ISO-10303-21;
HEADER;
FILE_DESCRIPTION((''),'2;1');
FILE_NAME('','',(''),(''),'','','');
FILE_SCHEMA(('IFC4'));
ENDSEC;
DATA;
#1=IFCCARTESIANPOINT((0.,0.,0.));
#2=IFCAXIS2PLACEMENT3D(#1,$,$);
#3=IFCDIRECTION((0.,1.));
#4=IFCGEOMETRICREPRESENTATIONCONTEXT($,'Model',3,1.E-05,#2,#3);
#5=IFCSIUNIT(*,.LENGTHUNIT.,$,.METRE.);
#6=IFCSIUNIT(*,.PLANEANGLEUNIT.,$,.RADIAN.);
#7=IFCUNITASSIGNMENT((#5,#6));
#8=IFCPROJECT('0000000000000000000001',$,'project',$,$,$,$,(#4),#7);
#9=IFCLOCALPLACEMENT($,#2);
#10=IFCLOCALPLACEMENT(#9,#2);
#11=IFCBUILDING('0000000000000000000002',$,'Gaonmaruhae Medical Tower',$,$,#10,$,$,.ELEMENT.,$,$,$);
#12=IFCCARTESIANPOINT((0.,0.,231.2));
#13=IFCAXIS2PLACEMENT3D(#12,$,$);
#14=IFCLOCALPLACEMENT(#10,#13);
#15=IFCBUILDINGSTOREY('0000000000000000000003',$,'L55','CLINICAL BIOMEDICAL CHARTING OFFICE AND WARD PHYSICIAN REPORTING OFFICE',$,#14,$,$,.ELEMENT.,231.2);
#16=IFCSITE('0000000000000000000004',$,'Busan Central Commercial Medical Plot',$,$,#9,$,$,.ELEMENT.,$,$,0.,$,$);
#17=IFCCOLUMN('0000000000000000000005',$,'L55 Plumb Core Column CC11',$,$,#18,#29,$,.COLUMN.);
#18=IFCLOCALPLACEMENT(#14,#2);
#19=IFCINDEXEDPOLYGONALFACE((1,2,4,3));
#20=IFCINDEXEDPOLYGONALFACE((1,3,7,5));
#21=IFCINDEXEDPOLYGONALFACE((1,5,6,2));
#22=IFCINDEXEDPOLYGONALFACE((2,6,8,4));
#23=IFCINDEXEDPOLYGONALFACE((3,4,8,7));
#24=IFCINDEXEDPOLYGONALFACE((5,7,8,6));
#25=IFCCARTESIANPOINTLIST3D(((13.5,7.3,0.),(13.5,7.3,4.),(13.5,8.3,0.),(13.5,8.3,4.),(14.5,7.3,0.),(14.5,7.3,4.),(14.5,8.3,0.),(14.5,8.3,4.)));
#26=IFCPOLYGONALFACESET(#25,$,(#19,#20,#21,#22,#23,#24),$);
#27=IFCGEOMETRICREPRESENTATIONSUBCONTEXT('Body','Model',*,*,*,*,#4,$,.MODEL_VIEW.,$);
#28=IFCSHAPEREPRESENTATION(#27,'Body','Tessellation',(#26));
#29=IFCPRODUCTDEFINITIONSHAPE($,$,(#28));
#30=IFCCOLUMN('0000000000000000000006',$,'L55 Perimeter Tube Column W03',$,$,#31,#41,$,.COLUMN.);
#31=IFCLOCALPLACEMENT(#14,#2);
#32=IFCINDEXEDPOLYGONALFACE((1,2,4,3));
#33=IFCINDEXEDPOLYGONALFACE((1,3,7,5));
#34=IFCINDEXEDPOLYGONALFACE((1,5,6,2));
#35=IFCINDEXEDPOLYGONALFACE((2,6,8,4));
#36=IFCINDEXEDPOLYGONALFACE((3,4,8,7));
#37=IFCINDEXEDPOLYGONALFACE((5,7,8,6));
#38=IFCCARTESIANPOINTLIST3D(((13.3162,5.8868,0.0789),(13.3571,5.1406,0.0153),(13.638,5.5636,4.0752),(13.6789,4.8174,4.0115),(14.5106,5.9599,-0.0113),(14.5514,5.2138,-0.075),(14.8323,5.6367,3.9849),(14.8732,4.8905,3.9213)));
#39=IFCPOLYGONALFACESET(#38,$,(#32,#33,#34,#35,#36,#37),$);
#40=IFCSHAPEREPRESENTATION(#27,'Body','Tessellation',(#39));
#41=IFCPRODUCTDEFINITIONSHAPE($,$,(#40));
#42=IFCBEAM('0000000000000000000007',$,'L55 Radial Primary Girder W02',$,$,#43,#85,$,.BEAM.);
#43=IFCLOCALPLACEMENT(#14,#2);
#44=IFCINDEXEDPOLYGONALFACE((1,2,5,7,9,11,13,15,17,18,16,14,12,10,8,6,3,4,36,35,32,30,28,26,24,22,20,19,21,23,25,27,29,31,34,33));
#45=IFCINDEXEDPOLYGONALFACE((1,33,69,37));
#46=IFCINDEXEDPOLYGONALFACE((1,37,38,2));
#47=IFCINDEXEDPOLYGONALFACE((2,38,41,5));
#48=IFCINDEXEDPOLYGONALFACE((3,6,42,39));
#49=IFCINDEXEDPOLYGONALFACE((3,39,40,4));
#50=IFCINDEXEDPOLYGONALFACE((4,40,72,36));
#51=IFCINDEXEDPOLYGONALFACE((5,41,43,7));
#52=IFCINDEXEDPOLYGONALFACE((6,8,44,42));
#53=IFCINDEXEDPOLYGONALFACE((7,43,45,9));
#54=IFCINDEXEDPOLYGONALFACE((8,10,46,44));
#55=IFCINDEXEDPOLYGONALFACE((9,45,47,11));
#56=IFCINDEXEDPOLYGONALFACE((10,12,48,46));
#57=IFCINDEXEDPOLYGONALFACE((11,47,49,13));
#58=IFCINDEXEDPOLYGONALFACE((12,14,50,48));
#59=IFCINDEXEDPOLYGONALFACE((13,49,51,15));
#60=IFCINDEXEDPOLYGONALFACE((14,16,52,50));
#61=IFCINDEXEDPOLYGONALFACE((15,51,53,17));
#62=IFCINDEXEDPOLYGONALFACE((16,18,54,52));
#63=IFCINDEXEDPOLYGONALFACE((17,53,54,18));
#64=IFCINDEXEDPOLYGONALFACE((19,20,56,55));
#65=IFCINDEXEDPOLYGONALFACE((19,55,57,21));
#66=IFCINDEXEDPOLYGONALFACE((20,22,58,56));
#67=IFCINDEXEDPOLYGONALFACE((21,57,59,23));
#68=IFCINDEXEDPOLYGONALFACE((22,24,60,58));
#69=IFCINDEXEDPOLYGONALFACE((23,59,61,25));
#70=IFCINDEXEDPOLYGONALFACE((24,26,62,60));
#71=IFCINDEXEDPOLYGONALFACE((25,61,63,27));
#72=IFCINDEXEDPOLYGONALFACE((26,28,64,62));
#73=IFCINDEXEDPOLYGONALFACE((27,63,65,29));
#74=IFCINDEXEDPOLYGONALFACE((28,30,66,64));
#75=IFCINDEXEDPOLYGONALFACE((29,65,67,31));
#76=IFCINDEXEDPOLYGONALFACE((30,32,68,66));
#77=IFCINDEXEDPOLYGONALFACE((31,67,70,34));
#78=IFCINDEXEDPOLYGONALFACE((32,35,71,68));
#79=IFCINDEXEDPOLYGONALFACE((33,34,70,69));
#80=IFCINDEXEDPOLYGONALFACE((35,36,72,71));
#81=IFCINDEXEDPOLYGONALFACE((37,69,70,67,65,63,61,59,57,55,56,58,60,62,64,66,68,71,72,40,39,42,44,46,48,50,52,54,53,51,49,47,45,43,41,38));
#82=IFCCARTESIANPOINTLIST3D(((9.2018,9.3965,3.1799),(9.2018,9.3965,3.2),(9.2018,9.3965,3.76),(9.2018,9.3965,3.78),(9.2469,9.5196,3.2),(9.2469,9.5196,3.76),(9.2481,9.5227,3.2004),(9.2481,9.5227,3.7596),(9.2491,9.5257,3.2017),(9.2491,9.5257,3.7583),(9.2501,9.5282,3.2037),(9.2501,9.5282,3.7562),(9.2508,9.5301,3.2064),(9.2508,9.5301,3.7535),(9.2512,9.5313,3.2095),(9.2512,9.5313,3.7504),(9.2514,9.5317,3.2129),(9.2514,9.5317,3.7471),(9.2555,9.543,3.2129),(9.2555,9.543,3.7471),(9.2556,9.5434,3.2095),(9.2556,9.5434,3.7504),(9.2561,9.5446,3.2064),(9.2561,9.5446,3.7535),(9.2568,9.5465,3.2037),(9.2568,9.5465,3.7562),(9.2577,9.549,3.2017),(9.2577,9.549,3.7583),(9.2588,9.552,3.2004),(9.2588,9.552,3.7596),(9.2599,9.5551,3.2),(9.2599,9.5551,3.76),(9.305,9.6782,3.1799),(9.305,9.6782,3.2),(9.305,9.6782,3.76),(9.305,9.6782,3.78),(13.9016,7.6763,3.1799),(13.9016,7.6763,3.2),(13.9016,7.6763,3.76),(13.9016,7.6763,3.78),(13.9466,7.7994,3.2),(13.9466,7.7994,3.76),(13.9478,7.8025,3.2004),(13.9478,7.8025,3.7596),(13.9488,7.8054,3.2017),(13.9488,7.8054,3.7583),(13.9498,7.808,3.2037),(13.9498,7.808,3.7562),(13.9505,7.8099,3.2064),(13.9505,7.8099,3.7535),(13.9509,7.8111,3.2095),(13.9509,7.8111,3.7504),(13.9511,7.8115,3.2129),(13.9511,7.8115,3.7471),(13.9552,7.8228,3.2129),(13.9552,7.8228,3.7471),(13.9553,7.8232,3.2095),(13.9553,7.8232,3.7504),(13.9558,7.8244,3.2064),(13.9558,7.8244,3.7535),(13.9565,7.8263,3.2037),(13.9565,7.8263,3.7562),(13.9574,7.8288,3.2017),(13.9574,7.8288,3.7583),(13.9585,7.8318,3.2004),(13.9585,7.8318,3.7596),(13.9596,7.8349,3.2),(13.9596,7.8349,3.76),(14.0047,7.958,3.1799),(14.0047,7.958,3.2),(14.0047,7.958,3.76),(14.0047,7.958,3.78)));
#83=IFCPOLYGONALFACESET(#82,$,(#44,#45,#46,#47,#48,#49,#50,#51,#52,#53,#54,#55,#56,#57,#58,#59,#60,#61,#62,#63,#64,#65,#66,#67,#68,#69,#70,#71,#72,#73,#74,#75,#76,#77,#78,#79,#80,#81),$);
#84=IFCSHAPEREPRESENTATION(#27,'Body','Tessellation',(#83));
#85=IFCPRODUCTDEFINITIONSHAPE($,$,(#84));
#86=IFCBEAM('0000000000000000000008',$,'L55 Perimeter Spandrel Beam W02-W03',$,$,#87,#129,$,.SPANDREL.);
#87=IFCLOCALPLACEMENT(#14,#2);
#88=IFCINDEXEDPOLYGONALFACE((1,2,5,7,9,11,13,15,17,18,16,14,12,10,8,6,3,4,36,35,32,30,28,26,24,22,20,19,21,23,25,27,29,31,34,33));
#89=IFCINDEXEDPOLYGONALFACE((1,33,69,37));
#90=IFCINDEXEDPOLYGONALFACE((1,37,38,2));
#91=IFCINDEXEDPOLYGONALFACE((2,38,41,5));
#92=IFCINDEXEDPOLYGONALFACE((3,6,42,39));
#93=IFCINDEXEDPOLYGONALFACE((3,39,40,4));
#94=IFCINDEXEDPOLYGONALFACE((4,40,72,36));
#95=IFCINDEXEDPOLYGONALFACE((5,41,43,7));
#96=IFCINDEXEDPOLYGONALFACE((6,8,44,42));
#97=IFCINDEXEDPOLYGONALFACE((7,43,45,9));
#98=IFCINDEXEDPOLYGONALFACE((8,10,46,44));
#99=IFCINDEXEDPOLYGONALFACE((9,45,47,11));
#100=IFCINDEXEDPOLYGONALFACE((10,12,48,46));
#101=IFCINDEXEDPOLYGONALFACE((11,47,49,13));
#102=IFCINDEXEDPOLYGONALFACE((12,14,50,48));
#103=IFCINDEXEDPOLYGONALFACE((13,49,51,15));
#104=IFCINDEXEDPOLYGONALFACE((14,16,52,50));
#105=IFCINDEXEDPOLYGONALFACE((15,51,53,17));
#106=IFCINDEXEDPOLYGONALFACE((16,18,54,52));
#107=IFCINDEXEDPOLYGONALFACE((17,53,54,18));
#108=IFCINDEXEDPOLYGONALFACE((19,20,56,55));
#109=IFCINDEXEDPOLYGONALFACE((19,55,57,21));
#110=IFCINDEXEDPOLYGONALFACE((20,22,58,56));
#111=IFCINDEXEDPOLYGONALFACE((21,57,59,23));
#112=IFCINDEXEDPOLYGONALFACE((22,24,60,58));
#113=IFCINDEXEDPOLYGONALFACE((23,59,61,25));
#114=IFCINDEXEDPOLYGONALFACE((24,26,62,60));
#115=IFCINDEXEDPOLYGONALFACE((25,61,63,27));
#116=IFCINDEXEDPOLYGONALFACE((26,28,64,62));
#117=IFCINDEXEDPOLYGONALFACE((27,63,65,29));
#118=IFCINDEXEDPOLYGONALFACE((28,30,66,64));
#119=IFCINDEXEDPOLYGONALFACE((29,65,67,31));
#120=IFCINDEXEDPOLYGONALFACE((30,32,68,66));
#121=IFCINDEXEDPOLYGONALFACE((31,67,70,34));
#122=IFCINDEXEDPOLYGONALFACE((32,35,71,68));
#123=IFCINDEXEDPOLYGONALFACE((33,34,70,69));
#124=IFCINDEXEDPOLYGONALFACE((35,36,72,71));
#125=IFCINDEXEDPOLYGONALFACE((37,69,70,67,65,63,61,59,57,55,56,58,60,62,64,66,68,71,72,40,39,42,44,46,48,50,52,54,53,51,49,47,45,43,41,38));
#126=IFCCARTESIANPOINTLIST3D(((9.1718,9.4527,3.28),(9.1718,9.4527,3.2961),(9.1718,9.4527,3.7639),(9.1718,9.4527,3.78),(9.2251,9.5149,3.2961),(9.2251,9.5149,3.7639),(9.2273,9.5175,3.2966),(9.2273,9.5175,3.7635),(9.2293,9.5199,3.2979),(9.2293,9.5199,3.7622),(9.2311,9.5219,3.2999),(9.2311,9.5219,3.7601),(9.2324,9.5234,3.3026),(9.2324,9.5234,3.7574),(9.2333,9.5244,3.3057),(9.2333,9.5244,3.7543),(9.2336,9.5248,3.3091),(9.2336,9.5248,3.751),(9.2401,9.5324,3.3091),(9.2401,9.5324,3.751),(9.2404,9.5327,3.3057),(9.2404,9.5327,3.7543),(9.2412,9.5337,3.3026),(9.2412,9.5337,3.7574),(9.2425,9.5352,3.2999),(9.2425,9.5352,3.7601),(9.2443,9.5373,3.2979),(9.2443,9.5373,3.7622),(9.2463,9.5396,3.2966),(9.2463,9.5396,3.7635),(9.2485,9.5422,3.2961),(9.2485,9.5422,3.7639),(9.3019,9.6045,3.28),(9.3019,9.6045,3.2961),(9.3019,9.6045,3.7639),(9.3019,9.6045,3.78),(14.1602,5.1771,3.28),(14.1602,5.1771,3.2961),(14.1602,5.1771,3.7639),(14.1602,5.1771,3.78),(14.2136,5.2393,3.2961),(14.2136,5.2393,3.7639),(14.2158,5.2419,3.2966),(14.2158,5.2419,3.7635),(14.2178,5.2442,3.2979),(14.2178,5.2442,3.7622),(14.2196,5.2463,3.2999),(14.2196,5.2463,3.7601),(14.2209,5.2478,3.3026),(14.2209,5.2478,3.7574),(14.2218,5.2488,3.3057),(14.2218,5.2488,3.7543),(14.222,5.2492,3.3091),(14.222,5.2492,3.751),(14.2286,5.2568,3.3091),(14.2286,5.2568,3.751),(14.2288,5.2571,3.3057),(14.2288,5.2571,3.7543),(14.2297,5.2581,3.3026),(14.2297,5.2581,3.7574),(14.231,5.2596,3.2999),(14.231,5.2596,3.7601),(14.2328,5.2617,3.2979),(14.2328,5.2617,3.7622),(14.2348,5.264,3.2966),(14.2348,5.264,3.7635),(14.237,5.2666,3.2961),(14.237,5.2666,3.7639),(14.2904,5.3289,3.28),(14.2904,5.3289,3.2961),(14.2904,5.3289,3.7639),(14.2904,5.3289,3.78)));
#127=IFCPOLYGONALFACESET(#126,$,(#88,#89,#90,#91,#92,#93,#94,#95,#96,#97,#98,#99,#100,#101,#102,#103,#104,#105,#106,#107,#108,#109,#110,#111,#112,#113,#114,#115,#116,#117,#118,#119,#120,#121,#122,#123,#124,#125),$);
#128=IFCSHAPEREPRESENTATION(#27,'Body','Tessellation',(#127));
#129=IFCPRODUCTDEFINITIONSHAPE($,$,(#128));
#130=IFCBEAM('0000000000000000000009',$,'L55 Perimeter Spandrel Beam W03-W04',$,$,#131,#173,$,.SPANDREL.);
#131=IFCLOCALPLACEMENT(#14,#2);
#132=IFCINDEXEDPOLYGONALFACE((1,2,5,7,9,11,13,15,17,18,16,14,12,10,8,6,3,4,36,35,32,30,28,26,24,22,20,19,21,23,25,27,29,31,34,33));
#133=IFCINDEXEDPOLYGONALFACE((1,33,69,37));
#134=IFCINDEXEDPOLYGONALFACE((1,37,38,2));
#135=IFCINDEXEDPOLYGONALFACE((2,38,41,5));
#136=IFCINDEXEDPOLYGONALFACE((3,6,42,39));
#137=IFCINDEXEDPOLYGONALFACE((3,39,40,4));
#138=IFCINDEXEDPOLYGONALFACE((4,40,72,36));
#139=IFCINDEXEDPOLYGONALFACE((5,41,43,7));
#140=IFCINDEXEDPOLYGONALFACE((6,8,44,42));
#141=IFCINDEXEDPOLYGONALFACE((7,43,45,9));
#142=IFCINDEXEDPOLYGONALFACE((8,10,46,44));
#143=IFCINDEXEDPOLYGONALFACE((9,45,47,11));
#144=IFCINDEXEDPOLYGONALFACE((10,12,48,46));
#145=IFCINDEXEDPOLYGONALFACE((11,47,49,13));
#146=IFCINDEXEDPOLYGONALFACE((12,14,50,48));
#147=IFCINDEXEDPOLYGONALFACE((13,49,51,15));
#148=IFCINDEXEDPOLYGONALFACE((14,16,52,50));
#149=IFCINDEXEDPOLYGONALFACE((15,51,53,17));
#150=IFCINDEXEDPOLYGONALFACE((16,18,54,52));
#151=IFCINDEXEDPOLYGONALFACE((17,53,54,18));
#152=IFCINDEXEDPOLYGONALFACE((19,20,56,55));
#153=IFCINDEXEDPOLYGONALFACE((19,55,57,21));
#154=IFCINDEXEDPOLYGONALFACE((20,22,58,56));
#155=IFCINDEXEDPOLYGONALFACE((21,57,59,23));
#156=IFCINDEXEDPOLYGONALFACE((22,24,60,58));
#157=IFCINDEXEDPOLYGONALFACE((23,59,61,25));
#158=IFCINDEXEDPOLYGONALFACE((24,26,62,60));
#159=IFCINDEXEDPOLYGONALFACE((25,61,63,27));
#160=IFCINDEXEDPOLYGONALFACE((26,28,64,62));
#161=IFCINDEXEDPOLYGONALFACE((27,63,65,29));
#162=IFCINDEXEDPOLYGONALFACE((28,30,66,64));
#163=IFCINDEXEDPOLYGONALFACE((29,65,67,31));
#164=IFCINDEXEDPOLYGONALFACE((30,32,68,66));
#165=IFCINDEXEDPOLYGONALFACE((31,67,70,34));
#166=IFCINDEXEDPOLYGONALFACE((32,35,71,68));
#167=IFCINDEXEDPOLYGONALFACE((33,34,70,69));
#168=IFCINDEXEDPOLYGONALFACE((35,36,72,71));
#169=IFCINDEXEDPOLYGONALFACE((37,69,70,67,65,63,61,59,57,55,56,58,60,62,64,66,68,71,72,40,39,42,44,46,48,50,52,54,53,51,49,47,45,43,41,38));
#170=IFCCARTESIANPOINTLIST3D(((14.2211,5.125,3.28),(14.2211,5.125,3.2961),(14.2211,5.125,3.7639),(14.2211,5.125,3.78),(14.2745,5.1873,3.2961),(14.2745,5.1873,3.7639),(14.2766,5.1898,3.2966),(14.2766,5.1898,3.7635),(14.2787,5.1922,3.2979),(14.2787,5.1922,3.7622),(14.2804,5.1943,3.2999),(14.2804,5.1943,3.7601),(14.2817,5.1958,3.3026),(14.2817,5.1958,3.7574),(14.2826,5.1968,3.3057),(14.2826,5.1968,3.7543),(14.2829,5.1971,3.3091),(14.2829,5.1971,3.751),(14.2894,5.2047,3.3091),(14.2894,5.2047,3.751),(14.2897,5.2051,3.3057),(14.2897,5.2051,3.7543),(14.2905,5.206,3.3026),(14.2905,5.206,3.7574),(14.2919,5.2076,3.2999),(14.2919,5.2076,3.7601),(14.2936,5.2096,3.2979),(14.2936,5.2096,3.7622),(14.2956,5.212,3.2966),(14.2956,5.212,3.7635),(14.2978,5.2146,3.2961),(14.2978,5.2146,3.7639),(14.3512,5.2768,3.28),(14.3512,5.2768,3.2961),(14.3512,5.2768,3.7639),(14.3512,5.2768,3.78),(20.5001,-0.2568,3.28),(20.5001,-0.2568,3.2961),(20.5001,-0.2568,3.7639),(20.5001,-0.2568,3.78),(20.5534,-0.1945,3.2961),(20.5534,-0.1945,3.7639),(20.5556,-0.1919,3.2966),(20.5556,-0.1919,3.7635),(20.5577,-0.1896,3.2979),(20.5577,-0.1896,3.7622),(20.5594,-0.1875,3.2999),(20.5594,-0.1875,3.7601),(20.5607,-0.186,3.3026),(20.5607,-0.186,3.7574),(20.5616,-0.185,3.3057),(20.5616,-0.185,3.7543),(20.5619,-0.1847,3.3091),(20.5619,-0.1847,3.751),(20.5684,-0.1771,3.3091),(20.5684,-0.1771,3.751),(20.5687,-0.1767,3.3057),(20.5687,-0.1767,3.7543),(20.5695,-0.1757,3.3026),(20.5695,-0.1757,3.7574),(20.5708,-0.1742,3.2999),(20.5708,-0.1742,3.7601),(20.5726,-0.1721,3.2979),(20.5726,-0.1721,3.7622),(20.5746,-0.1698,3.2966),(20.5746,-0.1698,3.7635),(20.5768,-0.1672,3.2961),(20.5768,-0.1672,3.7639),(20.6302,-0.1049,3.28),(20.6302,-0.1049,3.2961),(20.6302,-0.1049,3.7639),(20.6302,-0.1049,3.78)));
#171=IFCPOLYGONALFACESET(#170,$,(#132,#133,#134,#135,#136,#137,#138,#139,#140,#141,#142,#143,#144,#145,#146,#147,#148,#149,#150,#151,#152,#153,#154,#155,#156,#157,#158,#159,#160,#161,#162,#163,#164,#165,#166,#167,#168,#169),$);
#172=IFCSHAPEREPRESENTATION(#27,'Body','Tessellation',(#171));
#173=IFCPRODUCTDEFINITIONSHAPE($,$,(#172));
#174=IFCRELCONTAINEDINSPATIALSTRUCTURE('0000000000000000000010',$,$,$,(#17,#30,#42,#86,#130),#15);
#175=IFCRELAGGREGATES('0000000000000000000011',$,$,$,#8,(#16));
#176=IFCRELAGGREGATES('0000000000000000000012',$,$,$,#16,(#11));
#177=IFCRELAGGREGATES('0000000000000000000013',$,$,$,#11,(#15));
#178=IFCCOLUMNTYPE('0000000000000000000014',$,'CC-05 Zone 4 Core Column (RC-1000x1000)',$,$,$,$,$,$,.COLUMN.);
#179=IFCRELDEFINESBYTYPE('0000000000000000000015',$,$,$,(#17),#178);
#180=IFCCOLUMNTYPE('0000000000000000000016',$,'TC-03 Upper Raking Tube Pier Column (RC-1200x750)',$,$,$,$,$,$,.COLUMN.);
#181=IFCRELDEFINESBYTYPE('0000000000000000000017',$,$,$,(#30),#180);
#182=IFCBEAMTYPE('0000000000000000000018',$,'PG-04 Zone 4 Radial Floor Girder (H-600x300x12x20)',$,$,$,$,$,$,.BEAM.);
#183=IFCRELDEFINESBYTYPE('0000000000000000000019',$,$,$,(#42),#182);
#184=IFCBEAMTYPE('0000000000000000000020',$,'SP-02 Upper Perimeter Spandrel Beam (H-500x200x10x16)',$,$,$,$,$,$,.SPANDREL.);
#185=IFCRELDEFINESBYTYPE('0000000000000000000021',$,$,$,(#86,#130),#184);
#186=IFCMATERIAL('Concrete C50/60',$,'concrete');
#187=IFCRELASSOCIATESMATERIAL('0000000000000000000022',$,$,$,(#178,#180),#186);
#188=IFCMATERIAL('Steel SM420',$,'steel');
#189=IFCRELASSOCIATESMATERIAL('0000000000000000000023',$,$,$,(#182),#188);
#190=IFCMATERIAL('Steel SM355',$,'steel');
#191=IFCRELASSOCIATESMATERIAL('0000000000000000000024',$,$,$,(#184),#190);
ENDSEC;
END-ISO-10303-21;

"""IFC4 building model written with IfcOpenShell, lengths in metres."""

from ifc_helpers import new_model, si_unit, direction, frame, origin, origin_2d, place, context, subcontext, project, spatial, rectangle, i_section, extrude, material, material_profile, profile_set, type_object, element, save


model = new_model("IFC4")

# Units and contexts
model_context = context("Model", 3, precision=1e-05, world=origin(), true_north=direction((0.0, 1.0)))
body_context = subcontext(model_context, "Body", "Model", "MODEL_VIEW")
ifc_project = project(units=[si_unit("LENGTHUNIT", "METRE"), si_unit("PLANEANGLEUNIT", "RADIAN")], contexts=[model_context])

# Site, building, storey
site_placement = place(None, origin())
site = spatial("IfcSite", under=ifc_project, at=site_placement, Name="Busan Central Commercial Medical Plot", CompositionType="ELEMENT", RefElevation=0.0)
building_placement = place(site_placement, origin())
building = spatial("IfcBuilding", under=site, at=building_placement, Name="Gaonmaruhae Medical Tower", CompositionType="ELEMENT")
storey_placement = place(building_placement, frame((0.0, 0.0, 231.2)))
storey = spatial("IfcBuildingStorey", under=building, at=storey_placement, Name="L55", Description="CLINICAL BIOMEDICAL CHARTING OFFICE AND WARD PHYSICIAN REPORTING OFFICE", CompositionType="ELEMENT", Elevation=231.2)

# Columns
ifc_material_1 = material(Name="Concrete C50/60", Category="concrete")
ifc_material_profile_1 = material_profile(ifc_material_1, rectangle(XDim=1.0, YDim=1.0, at=origin_2d()), Name="RC-1000x1000")
ifc_profile_set_1 = profile_set([ifc_material_profile_1], Name="Concrete C50/60")
column_type_1 = type_object("IfcColumnType", Name="CC-05 Zone 4 Core Column (RC-1000x1000)", PredefinedType="COLUMN", material=ifc_profile_set_1)
column_1_placement = place(storey_placement, frame((14.0, 7.8, 0.0), z_axis=(0.0, 0.0, 1.0), x_axis=(1.0, 0.0, 0.0)))
element("IfcColumn", 1, at=column_1_placement, inside=storey, type_object=column_type_1, Name="L55 Plumb Core Column CC11", PredefinedType="COLUMN", context=body_context, shape_type="SweptSolid", body=[
    extrude(rectangle(XDim=1.0, YDim=1.0, at=origin_2d()), origin(), (0.0, 0.0, 1.0), 4.0),
])
ifc_material_profile_2 = material_profile(ifc_material_1, rectangle(XDim=1.2, YDim=0.75, at=origin_2d()), Name="RC-1200x750")
ifc_profile_set_2 = profile_set([ifc_material_profile_2], Name="Concrete C50/60")
column_type_2 = type_object("IfcColumnType", Name="TC-03 Upper Raking Tube Pier Column (RC-1200x750)", PredefinedType="COLUMN", material=ifc_profile_set_2)
column_2_placement = place(storey_placement, frame((13.9338, 5.5503, 0.002), z_axis=(0.079999, -0.080363, 0.99355), x_axis=(-0.995304, -0.060942, 0.075211)))
element("IfcColumn", 2, at=column_2_placement, inside=storey, type_object=column_type_2, Name="L55 Perimeter Tube Column W03", PredefinedType="COLUMN", context=body_context, shape_type="SweptSolid", body=[
    extrude(rectangle(XDim=1.2, YDim=0.75, at=origin_2d()), origin(), (0.0, 0.0, 1.0), 4.0222),
])

# Beams
ifc_material_2 = material(Name="Steel SM420", Category="steel")
ifc_material_profile_3 = material_profile(ifc_material_2, i_section(OverallWidth=0.3, OverallDepth=0.6001, WebThickness=0.012, FlangeThickness=0.02, FilletRadius=0.0129, at=origin_2d()), Name="H-600x300x12x20")
ifc_profile_set_3 = profile_set([ifc_material_profile_3], Name="Steel SM420")
beam_type_1 = type_object("IfcBeamType", Name="PG-04 Zone 4 Radial Floor Girder (H-600x300x12x20)", PredefinedType="BEAM", material=ifc_profile_set_3)
beam_1_placement = place(storey_placement, frame((13.9531, 7.8171, 3.48), z_axis=(-0.939071, 0.343724, 0.0), x_axis=(-0.343724, -0.939071, 0.0)))
element("IfcBeam", 3, at=beam_1_placement, inside=storey, type_object=beam_type_1, Name="L55 Radial Primary Girder W02", PredefinedType="BEAM", context=body_context, shape_type="SweptSolid", body=[
    extrude(i_section(OverallWidth=0.3, OverallDepth=0.6001, WebThickness=0.012, FlangeThickness=0.02, FilletRadius=0.0129, at=origin_2d()), origin(), (0.0, 0.0, 1.0), 5.0046),
])
ifc_material_3 = material(Name="Steel SM355", Category="steel")
ifc_material_profile_4 = material_profile(ifc_material_3, i_section(OverallWidth=0.2, OverallDepth=0.5, WebThickness=0.01, FlangeThickness=0.0161, FilletRadius=0.0129, at=origin_2d()), Name="H-500x200x10x16")
ifc_profile_set_4 = profile_set([ifc_material_profile_4], Name="Steel SM355")
beam_type_2 = type_object("IfcBeamType", Name="SP-02 Upper Perimeter Spandrel Beam (H-500x200x10x16)", PredefinedType="SPANDREL", material=ifc_profile_set_4)
beam_2_placement = place(storey_placement, frame((9.2368, 9.5286, 3.53), z_axis=(0.759275, -0.65077, 0.0), x_axis=(0.65077, 0.759275, 0.0)))
element("IfcBeam", 4, at=beam_2_placement, inside=storey, type_object=beam_type_2, Name="L55 Perimeter Spandrel Beam W02-W03", PredefinedType="SPANDREL", context=body_context, shape_type="SweptSolid", body=[
    extrude(i_section(OverallWidth=0.2, OverallDepth=0.5, WebThickness=0.01, FlangeThickness=0.0161, FilletRadius=0.0129, at=origin_2d()), origin(), (0.0, 0.0, 1.0), 6.5701),
])
beam_3_placement = place(storey_placement, frame((14.2861, 5.2009, 3.53), z_axis=(0.759269, -0.650777, 0.0), x_axis=(0.650777, 0.759269, 0.0)))
element("IfcBeam", 5, at=beam_3_placement, inside=storey, type_object=beam_type_2, Name="L55 Perimeter Spandrel Beam W03-W04", PredefinedType="SPANDREL", context=body_context, shape_type="SweptSolid", body=[
    extrude(i_section(OverallWidth=0.2, OverallDepth=0.5, WebThickness=0.01, FlangeThickness=0.0161, FilletRadius=0.0129, at=origin_2d()), origin(), (0.0, 0.0, 1.0), 8.2698),
])

save(model, "model.ifc")
